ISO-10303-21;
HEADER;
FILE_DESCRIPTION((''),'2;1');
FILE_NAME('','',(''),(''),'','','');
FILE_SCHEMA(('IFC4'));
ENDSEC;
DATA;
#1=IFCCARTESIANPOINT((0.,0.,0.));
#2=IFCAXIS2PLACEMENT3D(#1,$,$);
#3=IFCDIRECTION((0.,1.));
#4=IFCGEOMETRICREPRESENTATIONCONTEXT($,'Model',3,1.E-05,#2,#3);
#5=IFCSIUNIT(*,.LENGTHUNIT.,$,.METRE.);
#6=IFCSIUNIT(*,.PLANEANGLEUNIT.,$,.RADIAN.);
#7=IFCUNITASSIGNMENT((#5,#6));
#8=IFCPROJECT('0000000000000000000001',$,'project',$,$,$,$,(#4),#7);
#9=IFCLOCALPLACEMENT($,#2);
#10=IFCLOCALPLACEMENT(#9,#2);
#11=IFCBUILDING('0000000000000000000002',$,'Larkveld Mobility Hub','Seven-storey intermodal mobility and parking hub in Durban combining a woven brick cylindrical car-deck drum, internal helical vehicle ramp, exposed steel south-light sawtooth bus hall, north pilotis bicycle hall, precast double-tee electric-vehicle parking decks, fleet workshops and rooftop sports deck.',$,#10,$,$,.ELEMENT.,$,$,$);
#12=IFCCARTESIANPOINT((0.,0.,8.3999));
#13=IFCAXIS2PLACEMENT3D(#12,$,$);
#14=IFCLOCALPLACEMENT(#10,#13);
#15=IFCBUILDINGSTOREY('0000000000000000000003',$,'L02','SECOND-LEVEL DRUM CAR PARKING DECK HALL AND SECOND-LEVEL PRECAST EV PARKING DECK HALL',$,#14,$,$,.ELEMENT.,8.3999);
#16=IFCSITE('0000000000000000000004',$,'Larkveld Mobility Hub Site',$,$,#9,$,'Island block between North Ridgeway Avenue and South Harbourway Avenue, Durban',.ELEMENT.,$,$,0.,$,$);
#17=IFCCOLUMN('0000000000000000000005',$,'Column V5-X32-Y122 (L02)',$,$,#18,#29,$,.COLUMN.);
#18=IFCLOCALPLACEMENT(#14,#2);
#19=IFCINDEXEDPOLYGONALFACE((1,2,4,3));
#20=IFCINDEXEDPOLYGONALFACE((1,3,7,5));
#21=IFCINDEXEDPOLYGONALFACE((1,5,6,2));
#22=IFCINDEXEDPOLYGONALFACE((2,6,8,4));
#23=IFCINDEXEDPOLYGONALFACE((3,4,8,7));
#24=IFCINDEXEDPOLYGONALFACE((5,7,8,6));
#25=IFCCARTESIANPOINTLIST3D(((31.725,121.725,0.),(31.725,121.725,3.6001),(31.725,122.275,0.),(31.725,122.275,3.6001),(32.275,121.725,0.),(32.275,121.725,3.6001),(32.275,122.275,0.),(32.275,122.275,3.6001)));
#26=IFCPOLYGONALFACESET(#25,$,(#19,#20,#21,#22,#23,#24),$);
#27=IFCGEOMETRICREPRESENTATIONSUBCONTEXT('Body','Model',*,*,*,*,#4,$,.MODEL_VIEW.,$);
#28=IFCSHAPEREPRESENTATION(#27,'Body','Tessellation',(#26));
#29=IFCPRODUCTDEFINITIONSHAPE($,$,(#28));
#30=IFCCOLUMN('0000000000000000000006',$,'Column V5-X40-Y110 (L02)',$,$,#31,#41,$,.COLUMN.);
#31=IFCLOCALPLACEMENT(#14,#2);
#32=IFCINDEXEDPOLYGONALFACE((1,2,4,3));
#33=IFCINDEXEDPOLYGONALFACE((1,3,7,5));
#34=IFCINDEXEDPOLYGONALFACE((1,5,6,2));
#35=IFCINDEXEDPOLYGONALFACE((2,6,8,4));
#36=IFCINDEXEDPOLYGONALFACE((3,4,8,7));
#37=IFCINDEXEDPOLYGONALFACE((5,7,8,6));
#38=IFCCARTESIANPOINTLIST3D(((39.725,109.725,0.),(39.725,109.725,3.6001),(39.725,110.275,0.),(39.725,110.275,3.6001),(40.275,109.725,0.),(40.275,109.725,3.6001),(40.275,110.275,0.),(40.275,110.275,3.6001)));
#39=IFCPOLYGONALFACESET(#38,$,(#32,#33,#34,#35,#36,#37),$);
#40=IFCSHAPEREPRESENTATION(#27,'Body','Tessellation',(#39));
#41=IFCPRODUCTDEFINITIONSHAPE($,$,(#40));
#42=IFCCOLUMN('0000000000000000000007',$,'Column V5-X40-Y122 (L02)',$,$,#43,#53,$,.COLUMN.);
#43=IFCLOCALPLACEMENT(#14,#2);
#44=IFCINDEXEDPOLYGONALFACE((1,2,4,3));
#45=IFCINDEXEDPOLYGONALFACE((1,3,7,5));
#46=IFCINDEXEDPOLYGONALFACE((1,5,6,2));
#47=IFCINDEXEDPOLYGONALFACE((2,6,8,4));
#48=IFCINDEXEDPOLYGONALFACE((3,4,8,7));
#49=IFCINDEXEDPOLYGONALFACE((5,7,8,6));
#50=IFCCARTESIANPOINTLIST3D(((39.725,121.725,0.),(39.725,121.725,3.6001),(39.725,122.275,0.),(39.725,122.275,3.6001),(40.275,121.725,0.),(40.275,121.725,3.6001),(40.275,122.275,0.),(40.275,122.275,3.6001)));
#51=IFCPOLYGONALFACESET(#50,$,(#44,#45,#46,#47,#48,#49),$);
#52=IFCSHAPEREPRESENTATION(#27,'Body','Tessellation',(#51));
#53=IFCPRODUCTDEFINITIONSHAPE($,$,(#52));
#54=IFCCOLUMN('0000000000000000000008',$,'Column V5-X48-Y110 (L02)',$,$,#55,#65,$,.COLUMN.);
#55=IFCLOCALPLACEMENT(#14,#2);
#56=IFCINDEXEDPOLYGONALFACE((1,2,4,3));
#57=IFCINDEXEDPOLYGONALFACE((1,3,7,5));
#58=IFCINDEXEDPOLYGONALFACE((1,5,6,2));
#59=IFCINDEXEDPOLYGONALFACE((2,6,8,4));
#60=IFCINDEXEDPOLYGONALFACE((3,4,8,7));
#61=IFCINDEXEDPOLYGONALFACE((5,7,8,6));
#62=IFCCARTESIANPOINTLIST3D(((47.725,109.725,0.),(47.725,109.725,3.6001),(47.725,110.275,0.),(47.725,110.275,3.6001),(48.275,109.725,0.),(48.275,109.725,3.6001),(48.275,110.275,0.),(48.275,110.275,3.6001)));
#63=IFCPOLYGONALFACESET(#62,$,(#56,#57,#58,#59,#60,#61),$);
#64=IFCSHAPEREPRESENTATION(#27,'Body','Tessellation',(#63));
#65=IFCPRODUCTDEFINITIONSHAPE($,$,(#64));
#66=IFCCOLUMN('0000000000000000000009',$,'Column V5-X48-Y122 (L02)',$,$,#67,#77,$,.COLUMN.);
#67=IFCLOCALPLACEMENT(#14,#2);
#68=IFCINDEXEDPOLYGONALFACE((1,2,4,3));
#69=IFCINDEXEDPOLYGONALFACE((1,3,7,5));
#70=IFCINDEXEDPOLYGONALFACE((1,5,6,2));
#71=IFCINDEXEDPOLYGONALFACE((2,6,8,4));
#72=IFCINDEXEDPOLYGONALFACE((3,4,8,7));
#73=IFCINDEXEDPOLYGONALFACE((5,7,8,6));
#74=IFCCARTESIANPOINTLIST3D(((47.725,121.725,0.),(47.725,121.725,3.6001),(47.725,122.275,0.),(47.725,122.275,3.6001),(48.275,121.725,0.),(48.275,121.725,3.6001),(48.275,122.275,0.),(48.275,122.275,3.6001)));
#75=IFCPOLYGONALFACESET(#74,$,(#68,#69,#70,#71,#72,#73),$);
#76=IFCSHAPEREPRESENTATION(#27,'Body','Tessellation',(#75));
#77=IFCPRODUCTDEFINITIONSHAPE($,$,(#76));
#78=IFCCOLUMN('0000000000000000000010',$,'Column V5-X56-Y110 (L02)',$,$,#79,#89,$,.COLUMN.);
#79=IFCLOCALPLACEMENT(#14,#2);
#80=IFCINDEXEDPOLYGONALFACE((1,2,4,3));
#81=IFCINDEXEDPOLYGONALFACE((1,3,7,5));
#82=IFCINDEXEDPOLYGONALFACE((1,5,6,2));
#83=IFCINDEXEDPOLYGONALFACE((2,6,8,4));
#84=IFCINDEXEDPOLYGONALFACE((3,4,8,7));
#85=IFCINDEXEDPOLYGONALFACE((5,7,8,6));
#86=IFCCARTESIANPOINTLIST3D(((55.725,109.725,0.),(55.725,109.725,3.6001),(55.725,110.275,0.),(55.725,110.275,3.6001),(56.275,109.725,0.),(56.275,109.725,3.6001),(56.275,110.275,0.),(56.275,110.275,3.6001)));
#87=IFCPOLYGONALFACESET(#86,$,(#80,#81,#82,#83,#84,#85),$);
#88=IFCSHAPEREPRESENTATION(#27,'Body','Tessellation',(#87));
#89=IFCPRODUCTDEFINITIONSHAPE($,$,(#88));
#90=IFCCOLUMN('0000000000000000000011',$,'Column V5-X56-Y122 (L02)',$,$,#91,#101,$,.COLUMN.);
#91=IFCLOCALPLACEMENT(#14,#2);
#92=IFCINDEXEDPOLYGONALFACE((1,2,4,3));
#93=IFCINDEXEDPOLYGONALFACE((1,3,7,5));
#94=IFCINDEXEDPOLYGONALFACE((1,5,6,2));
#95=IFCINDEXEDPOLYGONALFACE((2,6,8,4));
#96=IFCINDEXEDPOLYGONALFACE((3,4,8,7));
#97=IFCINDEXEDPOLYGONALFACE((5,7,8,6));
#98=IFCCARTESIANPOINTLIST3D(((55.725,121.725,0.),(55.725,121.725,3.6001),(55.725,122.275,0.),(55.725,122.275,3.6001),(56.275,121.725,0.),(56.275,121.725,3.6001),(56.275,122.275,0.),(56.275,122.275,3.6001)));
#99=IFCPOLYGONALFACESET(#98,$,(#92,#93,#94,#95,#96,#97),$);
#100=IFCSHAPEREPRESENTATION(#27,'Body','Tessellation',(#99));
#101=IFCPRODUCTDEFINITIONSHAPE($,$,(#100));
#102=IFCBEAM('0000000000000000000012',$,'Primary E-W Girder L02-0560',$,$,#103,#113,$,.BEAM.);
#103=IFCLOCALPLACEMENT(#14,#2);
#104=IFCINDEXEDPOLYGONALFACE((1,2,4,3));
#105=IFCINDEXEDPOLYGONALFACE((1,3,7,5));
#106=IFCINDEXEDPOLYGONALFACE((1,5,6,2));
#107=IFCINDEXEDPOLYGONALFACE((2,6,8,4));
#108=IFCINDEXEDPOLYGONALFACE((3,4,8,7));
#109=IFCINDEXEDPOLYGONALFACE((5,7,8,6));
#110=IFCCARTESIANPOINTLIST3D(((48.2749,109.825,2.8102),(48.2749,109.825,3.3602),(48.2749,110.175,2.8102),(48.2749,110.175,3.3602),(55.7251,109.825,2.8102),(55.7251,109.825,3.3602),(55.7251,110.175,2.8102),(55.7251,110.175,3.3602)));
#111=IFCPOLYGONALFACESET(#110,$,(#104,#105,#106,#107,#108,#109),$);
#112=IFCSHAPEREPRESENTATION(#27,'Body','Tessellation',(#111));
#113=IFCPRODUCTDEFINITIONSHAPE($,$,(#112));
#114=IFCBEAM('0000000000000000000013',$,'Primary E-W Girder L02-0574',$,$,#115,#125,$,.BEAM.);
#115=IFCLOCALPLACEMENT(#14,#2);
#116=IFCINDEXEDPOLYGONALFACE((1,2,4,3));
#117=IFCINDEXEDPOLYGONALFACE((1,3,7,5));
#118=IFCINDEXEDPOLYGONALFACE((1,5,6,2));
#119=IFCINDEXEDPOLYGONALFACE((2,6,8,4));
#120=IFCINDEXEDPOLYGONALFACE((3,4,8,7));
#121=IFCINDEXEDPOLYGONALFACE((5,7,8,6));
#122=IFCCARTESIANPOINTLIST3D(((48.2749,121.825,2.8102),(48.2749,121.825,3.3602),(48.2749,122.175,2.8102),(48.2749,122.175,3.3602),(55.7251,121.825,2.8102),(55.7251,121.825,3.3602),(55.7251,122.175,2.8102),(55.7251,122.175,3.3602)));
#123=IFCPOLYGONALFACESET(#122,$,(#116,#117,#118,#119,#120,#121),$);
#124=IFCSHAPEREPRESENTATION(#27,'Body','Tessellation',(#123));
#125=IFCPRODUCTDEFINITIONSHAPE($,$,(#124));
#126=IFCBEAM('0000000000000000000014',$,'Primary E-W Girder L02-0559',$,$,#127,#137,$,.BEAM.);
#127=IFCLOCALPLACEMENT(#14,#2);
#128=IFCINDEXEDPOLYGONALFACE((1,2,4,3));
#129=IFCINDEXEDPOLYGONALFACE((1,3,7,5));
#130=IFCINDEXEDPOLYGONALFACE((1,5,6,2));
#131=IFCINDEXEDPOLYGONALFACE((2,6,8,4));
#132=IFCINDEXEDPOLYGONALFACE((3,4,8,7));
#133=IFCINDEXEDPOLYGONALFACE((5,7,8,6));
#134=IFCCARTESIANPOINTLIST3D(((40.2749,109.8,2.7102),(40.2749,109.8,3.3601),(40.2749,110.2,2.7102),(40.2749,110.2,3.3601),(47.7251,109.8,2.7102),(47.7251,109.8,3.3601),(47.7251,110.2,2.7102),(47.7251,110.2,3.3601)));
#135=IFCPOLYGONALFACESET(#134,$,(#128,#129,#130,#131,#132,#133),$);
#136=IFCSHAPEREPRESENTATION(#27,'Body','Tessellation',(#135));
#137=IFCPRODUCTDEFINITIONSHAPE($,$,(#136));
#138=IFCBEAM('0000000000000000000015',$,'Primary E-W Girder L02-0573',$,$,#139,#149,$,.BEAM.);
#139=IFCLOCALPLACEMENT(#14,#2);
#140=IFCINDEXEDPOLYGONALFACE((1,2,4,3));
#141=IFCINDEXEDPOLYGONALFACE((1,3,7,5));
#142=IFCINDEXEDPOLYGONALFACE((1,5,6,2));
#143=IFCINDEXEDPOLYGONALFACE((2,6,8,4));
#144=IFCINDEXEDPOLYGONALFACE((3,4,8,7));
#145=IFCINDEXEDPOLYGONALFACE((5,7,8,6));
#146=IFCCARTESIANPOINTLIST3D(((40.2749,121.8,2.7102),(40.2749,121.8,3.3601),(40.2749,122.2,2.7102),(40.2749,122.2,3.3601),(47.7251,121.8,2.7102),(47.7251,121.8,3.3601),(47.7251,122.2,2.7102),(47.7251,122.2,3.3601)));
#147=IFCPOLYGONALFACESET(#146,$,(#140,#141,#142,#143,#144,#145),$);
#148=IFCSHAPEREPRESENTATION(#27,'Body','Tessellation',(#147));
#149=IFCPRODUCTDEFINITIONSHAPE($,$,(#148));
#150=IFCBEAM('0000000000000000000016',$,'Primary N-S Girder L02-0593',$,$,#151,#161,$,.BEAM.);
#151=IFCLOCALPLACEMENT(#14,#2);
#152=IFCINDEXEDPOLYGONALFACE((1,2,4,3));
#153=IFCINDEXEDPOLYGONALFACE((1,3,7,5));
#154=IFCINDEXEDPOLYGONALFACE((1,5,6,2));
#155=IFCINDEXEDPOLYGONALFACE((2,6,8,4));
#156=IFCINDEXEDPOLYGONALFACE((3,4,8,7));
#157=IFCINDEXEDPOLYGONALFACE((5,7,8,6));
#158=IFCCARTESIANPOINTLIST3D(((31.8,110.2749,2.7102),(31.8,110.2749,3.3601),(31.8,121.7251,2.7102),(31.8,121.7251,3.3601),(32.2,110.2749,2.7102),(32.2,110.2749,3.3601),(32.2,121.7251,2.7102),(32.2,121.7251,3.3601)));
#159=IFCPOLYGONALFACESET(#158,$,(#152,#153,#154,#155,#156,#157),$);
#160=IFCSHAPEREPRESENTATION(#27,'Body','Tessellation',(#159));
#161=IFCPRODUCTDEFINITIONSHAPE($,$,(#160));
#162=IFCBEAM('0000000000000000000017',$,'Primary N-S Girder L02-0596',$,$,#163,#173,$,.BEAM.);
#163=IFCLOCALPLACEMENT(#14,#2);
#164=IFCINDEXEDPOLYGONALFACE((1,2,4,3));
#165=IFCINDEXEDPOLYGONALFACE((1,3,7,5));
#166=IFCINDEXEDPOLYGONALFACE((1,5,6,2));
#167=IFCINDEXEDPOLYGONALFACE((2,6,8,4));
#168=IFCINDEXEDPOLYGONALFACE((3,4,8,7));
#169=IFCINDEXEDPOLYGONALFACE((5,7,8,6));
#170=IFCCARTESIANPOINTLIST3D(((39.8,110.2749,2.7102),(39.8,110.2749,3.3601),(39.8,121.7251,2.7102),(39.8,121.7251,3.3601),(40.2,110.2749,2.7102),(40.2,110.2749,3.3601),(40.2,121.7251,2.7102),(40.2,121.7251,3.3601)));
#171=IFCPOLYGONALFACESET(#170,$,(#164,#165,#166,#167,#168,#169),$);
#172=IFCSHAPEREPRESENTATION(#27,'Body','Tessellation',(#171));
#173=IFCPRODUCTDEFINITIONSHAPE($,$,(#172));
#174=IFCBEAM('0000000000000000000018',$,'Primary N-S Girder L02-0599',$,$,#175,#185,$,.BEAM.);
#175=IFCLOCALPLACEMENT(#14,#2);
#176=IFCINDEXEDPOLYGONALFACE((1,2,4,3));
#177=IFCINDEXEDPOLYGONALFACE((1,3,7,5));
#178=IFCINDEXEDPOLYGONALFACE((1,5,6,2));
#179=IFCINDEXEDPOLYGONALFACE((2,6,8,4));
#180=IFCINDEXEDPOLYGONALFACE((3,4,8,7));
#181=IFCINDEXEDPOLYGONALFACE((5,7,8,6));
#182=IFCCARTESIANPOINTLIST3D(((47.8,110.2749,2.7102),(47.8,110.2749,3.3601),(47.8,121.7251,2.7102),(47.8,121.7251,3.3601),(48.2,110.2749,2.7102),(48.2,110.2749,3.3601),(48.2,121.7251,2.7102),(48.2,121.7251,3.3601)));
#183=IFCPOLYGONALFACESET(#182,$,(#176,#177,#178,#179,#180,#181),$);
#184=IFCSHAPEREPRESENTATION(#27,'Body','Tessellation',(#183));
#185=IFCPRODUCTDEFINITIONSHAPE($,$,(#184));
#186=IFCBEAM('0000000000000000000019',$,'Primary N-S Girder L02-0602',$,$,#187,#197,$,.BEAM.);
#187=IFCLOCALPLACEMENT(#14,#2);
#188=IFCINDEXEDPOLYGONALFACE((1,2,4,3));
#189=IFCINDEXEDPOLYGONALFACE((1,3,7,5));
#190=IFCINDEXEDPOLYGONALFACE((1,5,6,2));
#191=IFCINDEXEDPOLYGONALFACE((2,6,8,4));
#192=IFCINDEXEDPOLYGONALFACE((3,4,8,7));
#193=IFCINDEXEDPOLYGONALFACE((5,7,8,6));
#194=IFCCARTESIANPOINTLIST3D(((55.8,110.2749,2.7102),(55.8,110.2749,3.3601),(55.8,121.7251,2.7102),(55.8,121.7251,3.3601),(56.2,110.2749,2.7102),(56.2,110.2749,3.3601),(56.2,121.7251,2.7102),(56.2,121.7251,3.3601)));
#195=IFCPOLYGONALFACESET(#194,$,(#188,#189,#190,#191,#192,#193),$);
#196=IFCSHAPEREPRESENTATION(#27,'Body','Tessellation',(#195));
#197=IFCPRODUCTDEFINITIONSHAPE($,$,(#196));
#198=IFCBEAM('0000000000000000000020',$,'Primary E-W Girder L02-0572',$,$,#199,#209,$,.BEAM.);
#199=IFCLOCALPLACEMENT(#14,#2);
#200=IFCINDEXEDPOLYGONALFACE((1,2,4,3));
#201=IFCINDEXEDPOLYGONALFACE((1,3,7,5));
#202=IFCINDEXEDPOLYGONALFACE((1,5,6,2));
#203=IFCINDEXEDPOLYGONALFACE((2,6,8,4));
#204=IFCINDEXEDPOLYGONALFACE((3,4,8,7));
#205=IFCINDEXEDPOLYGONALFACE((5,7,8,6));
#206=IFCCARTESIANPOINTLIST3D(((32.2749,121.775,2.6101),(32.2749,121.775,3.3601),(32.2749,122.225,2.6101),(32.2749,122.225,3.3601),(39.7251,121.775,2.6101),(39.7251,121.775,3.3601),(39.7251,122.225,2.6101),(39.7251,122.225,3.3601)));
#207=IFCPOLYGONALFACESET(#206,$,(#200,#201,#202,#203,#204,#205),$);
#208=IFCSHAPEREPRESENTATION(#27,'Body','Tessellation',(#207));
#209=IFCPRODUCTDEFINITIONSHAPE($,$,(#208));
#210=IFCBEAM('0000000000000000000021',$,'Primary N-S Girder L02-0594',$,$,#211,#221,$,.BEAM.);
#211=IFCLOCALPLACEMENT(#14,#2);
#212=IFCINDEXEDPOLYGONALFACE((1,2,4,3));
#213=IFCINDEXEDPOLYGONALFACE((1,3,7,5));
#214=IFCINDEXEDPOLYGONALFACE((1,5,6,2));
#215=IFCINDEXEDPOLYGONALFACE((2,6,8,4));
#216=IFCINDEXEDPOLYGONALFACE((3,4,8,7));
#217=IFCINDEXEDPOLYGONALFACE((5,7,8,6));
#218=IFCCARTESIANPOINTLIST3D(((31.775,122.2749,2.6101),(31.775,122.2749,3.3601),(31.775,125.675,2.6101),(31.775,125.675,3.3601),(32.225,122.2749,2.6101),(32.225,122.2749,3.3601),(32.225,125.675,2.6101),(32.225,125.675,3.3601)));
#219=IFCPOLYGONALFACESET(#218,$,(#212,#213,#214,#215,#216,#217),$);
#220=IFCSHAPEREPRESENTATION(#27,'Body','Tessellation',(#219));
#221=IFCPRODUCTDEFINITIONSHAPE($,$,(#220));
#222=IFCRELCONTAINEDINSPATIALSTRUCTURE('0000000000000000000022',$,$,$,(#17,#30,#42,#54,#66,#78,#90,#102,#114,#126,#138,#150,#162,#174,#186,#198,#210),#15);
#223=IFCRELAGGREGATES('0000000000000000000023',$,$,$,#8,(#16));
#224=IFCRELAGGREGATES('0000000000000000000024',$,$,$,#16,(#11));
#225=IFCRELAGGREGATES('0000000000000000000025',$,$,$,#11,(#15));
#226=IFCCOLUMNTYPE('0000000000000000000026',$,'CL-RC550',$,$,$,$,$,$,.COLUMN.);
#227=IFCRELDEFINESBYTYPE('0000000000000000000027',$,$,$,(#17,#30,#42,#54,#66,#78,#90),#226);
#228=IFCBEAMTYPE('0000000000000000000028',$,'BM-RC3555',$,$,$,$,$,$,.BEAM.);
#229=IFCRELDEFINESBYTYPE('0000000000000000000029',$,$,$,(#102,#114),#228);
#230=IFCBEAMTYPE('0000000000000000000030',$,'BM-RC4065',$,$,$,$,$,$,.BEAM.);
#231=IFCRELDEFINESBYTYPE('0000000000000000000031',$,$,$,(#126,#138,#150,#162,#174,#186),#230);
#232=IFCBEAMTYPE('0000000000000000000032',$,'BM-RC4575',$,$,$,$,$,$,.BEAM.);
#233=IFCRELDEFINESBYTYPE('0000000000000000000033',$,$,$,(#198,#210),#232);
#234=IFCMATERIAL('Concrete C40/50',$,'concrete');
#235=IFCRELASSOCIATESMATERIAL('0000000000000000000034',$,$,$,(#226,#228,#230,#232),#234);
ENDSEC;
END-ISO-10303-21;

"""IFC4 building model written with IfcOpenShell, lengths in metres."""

from ifc_helpers import new_model, si_unit, direction, frame, origin, origin_2d, place, context, subcontext, project, spatial, rectangle, extrude, material, material_profile, profile_set, type_object, element, save


model = new_model("IFC4")

# Units and contexts
model_context = context("Model", 3, precision=1e-05, world=origin(), true_north=direction((0.0, 1.0)))
body_context = subcontext(model_context, "Body", "Model", "MODEL_VIEW")
ifc_project = project(units=[si_unit("LENGTHUNIT", "METRE"), si_unit("PLANEANGLEUNIT", "RADIAN")], contexts=[model_context])

# Site, building, storey
site_placement = place(None, origin())
site = spatial("IfcSite", under=ifc_project, at=site_placement, Name="Larkveld Mobility Hub Site", LongName="Island block between North Ridgeway Avenue and South Harbourway Avenue, Durban", CompositionType="ELEMENT", RefElevation=0.0)
building_placement = place(site_placement, origin())
building = spatial("IfcBuilding", under=site, at=building_placement, Name="Larkveld Mobility Hub", Description="Seven-storey intermodal mobility and parking hub in Durban combining a woven brick cylindrical car-deck drum, internal helical vehicle ramp, exposed steel south-light sawtooth bus hall, north pilotis bicycle hall, precast double-tee electric-vehicle parking decks, fleet workshops and rooftop sports deck.", CompositionType="ELEMENT")
storey_placement = place(building_placement, frame((0.0, 0.0, 8.3999)))
storey = spatial("IfcBuildingStorey", under=building, at=storey_placement, Name="L02", Description="SECOND-LEVEL DRUM CAR PARKING DECK HALL AND SECOND-LEVEL PRECAST EV PARKING DECK HALL", CompositionType="ELEMENT", Elevation=8.3999)

# Columns
ifc_material_1 = material(Name="Concrete C40/50", Category="concrete")
ifc_material_profile_1 = material_profile(ifc_material_1, rectangle(XDim=0.55, YDim=0.55, at=origin_2d()), Name="RC COL 550x550")
ifc_profile_set_1 = profile_set([ifc_material_profile_1], Name="Concrete C40/50")
column_type = type_object("IfcColumnType", Name="CL-RC550", PredefinedType="COLUMN", material=ifc_profile_set_1)
for number, where, z_axis, x_axis, name in (
    (1, (32.0, 122.0, 0.0), (0.0, 0.0, 1.0), (1.0, 0.0, 0.0), "Column V5-X32-Y122 (L02)"),
    (2, (40.0, 110.0, 0.0), (0.0, 0.0, 1.0), (1.0, 0.0, 0.0), "Column V5-X40-Y110 (L02)"),
    (3, (40.0, 122.0, 0.0), (0.0, 0.0, 1.0), (1.0, 0.0, 0.0), "Column V5-X40-Y122 (L02)"),
    (4, (48.0, 110.0, 0.0), (0.0, 0.0, 1.0), (1.0, 0.0, 0.0), "Column V5-X48-Y110 (L02)"),
    (5, (48.0, 122.0, 0.0), (0.0, 0.0, 1.0), (1.0, 0.0, 0.0), "Column V5-X48-Y122 (L02)"),
    (6, (56.0, 110.0, 0.0), (0.0, 0.0, 1.0), (1.0, 0.0, 0.0), "Column V5-X56-Y110 (L02)"),
    (7, (56.0, 122.0, 0.0), (0.0, 0.0, 1.0), (1.0, 0.0, 0.0), "Column V5-X56-Y122 (L02)"),
):
    element("IfcColumn", number, at=place(storey_placement, frame(where, z_axis=z_axis, x_axis=x_axis)), inside=storey, type_object=column_type, Name=name, PredefinedType="COLUMN", context=body_context, shape_type="SweptSolid", body=[
        extrude(rectangle(XDim=0.55, YDim=0.55, at=origin_2d()), origin(), (0.0, 0.0, 1.0), 3.6001),
    ])

# Beams
ifc_material_profile_2 = material_profile(ifc_material_1, rectangle(XDim=0.3501, YDim=0.55, at=origin_2d()), Name="RC BM 350x550")
ifc_profile_set_2 = profile_set([ifc_material_profile_2], Name="Concrete C40/50")
beam_type_1 = type_object("IfcBeamType", Name="BM-RC3555", PredefinedType="BEAM", material=ifc_profile_set_2)
for number, where, z_axis, x_axis, name in (
    (8, (48.2749, 110.0, 3.0852), (1.0, 0.0, 0.0), (0.0, 1.0, 0.0), "Primary E-W Girder L02-0560"),
    (9, (48.2749, 122.0, 3.0852), (1.0, 0.0, 0.0), (0.0, 1.0, 0.0), "Primary E-W Girder L02-0574"),
):
    element("IfcBeam", number, at=place(storey_placement, frame(where, z_axis=z_axis, x_axis=x_axis)), inside=storey, type_object=beam_type_1, Name=name, PredefinedType="BEAM", context=body_context, shape_type="SweptSolid", body=[
        extrude(rectangle(XDim=0.3501, YDim=0.55, at=origin_2d()), origin(), (0.0, 0.0, 1.0), 7.4502),
    ])
ifc_material_profile_3 = material_profile(ifc_material_1, rectangle(XDim=0.3999, YDim=0.6499, at=origin_2d()), Name="RC BM 400x650")
ifc_profile_set_3 = profile_set([ifc_material_profile_3], Name="Concrete C40/50")
beam_type_2 = type_object("IfcBeamType", Name="BM-RC4065", PredefinedType="BEAM", material=ifc_profile_set_3)
for number, where, z_axis, x_axis, name in (
    (10, (40.2749, 110.0, 3.0352), (1.0, 0.0, 0.0), (0.0, 1.0, 0.0), "Primary E-W Girder L02-0559"),
    (11, (40.2749, 122.0, 3.0352), (1.0, 0.0, 0.0), (0.0, 1.0, 0.0), "Primary E-W Girder L02-0573"),
):
    element("IfcBeam", number, at=place(storey_placement, frame(where, z_axis=z_axis, x_axis=x_axis)), inside=storey, type_object=beam_type_2, Name=name, PredefinedType="BEAM", context=body_context, shape_type="SweptSolid", body=[
        extrude(rectangle(XDim=0.3999, YDim=0.6499, at=origin_2d()), origin(), (0.0, 0.0, 1.0), 7.4502),
    ])
for number, where, z_axis, x_axis, name in (
    (12, (32.0, 110.2749, 3.0352), (0.0, 1.0, 0.0), (-1.0, 0.0, 0.0), "Primary N-S Girder L02-0593"),
    (13, (40.0, 110.2749, 3.0352), (0.0, 1.0, 0.0), (-1.0, 0.0, 0.0), "Primary N-S Girder L02-0596"),
    (14, (48.0, 110.2749, 3.0352), (0.0, 1.0, 0.0), (-1.0, 0.0, 0.0), "Primary N-S Girder L02-0599"),
    (15, (56.0, 110.2749, 3.0352), (0.0, 1.0, 0.0), (-1.0, 0.0, 0.0), "Primary N-S Girder L02-0602"),
):
    element("IfcBeam", number, at=place(storey_placement, frame(where, z_axis=z_axis, x_axis=x_axis)), inside=storey, type_object=beam_type_2, Name=name, PredefinedType="BEAM", context=body_context, shape_type="SweptSolid", body=[
        extrude(rectangle(XDim=0.3999, YDim=0.6499, at=origin_2d()), origin(), (0.0, 0.0, 1.0), 11.4502),
    ])
ifc_material_profile_4 = material_profile(ifc_material_1, rectangle(XDim=0.45, YDim=0.75, at=origin_2d()), Name="RC BM 450x750")
ifc_profile_set_4 = profile_set([ifc_material_profile_4], Name="Concrete C40/50")
beam_type_3 = type_object("IfcBeamType", Name="BM-RC4575", PredefinedType="BEAM", material=ifc_profile_set_4)
beam_1_placement = place(storey_placement, frame((32.2749, 122.0, 2.9851), z_axis=(1.0, 0.0, 0.0), x_axis=(0.0, 1.0, 0.0)))
element("IfcBeam", 16, at=beam_1_placement, inside=storey, type_object=beam_type_3, Name="Primary E-W Girder L02-0572", PredefinedType="BEAM", context=body_context, shape_type="SweptSolid", body=[
    extrude(rectangle(XDim=0.45, YDim=0.75, at=origin_2d()), origin(), (0.0, 0.0, 1.0), 7.4502),
])
for number, where, z_axis, x_axis, name in (
    (17, (32.0, 122.2749, 2.9851), (0.0, 1.0, 0.0), (-1.0, 0.0, 0.0), "Primary N-S Girder L02-0594"),
):
    element("IfcBeam", number, at=place(storey_placement, frame(where, z_axis=z_axis, x_axis=x_axis)), inside=storey, type_object=beam_type_3, Name=name, PredefinedType="BEAM", context=body_context, shape_type="SweptSolid", body=[
        extrude(rectangle(XDim=0.45, YDim=0.75, at=origin_2d()), origin(), (0.0, 0.0, 1.0), 3.4001),
    ])

save(model, "model.ifc")
